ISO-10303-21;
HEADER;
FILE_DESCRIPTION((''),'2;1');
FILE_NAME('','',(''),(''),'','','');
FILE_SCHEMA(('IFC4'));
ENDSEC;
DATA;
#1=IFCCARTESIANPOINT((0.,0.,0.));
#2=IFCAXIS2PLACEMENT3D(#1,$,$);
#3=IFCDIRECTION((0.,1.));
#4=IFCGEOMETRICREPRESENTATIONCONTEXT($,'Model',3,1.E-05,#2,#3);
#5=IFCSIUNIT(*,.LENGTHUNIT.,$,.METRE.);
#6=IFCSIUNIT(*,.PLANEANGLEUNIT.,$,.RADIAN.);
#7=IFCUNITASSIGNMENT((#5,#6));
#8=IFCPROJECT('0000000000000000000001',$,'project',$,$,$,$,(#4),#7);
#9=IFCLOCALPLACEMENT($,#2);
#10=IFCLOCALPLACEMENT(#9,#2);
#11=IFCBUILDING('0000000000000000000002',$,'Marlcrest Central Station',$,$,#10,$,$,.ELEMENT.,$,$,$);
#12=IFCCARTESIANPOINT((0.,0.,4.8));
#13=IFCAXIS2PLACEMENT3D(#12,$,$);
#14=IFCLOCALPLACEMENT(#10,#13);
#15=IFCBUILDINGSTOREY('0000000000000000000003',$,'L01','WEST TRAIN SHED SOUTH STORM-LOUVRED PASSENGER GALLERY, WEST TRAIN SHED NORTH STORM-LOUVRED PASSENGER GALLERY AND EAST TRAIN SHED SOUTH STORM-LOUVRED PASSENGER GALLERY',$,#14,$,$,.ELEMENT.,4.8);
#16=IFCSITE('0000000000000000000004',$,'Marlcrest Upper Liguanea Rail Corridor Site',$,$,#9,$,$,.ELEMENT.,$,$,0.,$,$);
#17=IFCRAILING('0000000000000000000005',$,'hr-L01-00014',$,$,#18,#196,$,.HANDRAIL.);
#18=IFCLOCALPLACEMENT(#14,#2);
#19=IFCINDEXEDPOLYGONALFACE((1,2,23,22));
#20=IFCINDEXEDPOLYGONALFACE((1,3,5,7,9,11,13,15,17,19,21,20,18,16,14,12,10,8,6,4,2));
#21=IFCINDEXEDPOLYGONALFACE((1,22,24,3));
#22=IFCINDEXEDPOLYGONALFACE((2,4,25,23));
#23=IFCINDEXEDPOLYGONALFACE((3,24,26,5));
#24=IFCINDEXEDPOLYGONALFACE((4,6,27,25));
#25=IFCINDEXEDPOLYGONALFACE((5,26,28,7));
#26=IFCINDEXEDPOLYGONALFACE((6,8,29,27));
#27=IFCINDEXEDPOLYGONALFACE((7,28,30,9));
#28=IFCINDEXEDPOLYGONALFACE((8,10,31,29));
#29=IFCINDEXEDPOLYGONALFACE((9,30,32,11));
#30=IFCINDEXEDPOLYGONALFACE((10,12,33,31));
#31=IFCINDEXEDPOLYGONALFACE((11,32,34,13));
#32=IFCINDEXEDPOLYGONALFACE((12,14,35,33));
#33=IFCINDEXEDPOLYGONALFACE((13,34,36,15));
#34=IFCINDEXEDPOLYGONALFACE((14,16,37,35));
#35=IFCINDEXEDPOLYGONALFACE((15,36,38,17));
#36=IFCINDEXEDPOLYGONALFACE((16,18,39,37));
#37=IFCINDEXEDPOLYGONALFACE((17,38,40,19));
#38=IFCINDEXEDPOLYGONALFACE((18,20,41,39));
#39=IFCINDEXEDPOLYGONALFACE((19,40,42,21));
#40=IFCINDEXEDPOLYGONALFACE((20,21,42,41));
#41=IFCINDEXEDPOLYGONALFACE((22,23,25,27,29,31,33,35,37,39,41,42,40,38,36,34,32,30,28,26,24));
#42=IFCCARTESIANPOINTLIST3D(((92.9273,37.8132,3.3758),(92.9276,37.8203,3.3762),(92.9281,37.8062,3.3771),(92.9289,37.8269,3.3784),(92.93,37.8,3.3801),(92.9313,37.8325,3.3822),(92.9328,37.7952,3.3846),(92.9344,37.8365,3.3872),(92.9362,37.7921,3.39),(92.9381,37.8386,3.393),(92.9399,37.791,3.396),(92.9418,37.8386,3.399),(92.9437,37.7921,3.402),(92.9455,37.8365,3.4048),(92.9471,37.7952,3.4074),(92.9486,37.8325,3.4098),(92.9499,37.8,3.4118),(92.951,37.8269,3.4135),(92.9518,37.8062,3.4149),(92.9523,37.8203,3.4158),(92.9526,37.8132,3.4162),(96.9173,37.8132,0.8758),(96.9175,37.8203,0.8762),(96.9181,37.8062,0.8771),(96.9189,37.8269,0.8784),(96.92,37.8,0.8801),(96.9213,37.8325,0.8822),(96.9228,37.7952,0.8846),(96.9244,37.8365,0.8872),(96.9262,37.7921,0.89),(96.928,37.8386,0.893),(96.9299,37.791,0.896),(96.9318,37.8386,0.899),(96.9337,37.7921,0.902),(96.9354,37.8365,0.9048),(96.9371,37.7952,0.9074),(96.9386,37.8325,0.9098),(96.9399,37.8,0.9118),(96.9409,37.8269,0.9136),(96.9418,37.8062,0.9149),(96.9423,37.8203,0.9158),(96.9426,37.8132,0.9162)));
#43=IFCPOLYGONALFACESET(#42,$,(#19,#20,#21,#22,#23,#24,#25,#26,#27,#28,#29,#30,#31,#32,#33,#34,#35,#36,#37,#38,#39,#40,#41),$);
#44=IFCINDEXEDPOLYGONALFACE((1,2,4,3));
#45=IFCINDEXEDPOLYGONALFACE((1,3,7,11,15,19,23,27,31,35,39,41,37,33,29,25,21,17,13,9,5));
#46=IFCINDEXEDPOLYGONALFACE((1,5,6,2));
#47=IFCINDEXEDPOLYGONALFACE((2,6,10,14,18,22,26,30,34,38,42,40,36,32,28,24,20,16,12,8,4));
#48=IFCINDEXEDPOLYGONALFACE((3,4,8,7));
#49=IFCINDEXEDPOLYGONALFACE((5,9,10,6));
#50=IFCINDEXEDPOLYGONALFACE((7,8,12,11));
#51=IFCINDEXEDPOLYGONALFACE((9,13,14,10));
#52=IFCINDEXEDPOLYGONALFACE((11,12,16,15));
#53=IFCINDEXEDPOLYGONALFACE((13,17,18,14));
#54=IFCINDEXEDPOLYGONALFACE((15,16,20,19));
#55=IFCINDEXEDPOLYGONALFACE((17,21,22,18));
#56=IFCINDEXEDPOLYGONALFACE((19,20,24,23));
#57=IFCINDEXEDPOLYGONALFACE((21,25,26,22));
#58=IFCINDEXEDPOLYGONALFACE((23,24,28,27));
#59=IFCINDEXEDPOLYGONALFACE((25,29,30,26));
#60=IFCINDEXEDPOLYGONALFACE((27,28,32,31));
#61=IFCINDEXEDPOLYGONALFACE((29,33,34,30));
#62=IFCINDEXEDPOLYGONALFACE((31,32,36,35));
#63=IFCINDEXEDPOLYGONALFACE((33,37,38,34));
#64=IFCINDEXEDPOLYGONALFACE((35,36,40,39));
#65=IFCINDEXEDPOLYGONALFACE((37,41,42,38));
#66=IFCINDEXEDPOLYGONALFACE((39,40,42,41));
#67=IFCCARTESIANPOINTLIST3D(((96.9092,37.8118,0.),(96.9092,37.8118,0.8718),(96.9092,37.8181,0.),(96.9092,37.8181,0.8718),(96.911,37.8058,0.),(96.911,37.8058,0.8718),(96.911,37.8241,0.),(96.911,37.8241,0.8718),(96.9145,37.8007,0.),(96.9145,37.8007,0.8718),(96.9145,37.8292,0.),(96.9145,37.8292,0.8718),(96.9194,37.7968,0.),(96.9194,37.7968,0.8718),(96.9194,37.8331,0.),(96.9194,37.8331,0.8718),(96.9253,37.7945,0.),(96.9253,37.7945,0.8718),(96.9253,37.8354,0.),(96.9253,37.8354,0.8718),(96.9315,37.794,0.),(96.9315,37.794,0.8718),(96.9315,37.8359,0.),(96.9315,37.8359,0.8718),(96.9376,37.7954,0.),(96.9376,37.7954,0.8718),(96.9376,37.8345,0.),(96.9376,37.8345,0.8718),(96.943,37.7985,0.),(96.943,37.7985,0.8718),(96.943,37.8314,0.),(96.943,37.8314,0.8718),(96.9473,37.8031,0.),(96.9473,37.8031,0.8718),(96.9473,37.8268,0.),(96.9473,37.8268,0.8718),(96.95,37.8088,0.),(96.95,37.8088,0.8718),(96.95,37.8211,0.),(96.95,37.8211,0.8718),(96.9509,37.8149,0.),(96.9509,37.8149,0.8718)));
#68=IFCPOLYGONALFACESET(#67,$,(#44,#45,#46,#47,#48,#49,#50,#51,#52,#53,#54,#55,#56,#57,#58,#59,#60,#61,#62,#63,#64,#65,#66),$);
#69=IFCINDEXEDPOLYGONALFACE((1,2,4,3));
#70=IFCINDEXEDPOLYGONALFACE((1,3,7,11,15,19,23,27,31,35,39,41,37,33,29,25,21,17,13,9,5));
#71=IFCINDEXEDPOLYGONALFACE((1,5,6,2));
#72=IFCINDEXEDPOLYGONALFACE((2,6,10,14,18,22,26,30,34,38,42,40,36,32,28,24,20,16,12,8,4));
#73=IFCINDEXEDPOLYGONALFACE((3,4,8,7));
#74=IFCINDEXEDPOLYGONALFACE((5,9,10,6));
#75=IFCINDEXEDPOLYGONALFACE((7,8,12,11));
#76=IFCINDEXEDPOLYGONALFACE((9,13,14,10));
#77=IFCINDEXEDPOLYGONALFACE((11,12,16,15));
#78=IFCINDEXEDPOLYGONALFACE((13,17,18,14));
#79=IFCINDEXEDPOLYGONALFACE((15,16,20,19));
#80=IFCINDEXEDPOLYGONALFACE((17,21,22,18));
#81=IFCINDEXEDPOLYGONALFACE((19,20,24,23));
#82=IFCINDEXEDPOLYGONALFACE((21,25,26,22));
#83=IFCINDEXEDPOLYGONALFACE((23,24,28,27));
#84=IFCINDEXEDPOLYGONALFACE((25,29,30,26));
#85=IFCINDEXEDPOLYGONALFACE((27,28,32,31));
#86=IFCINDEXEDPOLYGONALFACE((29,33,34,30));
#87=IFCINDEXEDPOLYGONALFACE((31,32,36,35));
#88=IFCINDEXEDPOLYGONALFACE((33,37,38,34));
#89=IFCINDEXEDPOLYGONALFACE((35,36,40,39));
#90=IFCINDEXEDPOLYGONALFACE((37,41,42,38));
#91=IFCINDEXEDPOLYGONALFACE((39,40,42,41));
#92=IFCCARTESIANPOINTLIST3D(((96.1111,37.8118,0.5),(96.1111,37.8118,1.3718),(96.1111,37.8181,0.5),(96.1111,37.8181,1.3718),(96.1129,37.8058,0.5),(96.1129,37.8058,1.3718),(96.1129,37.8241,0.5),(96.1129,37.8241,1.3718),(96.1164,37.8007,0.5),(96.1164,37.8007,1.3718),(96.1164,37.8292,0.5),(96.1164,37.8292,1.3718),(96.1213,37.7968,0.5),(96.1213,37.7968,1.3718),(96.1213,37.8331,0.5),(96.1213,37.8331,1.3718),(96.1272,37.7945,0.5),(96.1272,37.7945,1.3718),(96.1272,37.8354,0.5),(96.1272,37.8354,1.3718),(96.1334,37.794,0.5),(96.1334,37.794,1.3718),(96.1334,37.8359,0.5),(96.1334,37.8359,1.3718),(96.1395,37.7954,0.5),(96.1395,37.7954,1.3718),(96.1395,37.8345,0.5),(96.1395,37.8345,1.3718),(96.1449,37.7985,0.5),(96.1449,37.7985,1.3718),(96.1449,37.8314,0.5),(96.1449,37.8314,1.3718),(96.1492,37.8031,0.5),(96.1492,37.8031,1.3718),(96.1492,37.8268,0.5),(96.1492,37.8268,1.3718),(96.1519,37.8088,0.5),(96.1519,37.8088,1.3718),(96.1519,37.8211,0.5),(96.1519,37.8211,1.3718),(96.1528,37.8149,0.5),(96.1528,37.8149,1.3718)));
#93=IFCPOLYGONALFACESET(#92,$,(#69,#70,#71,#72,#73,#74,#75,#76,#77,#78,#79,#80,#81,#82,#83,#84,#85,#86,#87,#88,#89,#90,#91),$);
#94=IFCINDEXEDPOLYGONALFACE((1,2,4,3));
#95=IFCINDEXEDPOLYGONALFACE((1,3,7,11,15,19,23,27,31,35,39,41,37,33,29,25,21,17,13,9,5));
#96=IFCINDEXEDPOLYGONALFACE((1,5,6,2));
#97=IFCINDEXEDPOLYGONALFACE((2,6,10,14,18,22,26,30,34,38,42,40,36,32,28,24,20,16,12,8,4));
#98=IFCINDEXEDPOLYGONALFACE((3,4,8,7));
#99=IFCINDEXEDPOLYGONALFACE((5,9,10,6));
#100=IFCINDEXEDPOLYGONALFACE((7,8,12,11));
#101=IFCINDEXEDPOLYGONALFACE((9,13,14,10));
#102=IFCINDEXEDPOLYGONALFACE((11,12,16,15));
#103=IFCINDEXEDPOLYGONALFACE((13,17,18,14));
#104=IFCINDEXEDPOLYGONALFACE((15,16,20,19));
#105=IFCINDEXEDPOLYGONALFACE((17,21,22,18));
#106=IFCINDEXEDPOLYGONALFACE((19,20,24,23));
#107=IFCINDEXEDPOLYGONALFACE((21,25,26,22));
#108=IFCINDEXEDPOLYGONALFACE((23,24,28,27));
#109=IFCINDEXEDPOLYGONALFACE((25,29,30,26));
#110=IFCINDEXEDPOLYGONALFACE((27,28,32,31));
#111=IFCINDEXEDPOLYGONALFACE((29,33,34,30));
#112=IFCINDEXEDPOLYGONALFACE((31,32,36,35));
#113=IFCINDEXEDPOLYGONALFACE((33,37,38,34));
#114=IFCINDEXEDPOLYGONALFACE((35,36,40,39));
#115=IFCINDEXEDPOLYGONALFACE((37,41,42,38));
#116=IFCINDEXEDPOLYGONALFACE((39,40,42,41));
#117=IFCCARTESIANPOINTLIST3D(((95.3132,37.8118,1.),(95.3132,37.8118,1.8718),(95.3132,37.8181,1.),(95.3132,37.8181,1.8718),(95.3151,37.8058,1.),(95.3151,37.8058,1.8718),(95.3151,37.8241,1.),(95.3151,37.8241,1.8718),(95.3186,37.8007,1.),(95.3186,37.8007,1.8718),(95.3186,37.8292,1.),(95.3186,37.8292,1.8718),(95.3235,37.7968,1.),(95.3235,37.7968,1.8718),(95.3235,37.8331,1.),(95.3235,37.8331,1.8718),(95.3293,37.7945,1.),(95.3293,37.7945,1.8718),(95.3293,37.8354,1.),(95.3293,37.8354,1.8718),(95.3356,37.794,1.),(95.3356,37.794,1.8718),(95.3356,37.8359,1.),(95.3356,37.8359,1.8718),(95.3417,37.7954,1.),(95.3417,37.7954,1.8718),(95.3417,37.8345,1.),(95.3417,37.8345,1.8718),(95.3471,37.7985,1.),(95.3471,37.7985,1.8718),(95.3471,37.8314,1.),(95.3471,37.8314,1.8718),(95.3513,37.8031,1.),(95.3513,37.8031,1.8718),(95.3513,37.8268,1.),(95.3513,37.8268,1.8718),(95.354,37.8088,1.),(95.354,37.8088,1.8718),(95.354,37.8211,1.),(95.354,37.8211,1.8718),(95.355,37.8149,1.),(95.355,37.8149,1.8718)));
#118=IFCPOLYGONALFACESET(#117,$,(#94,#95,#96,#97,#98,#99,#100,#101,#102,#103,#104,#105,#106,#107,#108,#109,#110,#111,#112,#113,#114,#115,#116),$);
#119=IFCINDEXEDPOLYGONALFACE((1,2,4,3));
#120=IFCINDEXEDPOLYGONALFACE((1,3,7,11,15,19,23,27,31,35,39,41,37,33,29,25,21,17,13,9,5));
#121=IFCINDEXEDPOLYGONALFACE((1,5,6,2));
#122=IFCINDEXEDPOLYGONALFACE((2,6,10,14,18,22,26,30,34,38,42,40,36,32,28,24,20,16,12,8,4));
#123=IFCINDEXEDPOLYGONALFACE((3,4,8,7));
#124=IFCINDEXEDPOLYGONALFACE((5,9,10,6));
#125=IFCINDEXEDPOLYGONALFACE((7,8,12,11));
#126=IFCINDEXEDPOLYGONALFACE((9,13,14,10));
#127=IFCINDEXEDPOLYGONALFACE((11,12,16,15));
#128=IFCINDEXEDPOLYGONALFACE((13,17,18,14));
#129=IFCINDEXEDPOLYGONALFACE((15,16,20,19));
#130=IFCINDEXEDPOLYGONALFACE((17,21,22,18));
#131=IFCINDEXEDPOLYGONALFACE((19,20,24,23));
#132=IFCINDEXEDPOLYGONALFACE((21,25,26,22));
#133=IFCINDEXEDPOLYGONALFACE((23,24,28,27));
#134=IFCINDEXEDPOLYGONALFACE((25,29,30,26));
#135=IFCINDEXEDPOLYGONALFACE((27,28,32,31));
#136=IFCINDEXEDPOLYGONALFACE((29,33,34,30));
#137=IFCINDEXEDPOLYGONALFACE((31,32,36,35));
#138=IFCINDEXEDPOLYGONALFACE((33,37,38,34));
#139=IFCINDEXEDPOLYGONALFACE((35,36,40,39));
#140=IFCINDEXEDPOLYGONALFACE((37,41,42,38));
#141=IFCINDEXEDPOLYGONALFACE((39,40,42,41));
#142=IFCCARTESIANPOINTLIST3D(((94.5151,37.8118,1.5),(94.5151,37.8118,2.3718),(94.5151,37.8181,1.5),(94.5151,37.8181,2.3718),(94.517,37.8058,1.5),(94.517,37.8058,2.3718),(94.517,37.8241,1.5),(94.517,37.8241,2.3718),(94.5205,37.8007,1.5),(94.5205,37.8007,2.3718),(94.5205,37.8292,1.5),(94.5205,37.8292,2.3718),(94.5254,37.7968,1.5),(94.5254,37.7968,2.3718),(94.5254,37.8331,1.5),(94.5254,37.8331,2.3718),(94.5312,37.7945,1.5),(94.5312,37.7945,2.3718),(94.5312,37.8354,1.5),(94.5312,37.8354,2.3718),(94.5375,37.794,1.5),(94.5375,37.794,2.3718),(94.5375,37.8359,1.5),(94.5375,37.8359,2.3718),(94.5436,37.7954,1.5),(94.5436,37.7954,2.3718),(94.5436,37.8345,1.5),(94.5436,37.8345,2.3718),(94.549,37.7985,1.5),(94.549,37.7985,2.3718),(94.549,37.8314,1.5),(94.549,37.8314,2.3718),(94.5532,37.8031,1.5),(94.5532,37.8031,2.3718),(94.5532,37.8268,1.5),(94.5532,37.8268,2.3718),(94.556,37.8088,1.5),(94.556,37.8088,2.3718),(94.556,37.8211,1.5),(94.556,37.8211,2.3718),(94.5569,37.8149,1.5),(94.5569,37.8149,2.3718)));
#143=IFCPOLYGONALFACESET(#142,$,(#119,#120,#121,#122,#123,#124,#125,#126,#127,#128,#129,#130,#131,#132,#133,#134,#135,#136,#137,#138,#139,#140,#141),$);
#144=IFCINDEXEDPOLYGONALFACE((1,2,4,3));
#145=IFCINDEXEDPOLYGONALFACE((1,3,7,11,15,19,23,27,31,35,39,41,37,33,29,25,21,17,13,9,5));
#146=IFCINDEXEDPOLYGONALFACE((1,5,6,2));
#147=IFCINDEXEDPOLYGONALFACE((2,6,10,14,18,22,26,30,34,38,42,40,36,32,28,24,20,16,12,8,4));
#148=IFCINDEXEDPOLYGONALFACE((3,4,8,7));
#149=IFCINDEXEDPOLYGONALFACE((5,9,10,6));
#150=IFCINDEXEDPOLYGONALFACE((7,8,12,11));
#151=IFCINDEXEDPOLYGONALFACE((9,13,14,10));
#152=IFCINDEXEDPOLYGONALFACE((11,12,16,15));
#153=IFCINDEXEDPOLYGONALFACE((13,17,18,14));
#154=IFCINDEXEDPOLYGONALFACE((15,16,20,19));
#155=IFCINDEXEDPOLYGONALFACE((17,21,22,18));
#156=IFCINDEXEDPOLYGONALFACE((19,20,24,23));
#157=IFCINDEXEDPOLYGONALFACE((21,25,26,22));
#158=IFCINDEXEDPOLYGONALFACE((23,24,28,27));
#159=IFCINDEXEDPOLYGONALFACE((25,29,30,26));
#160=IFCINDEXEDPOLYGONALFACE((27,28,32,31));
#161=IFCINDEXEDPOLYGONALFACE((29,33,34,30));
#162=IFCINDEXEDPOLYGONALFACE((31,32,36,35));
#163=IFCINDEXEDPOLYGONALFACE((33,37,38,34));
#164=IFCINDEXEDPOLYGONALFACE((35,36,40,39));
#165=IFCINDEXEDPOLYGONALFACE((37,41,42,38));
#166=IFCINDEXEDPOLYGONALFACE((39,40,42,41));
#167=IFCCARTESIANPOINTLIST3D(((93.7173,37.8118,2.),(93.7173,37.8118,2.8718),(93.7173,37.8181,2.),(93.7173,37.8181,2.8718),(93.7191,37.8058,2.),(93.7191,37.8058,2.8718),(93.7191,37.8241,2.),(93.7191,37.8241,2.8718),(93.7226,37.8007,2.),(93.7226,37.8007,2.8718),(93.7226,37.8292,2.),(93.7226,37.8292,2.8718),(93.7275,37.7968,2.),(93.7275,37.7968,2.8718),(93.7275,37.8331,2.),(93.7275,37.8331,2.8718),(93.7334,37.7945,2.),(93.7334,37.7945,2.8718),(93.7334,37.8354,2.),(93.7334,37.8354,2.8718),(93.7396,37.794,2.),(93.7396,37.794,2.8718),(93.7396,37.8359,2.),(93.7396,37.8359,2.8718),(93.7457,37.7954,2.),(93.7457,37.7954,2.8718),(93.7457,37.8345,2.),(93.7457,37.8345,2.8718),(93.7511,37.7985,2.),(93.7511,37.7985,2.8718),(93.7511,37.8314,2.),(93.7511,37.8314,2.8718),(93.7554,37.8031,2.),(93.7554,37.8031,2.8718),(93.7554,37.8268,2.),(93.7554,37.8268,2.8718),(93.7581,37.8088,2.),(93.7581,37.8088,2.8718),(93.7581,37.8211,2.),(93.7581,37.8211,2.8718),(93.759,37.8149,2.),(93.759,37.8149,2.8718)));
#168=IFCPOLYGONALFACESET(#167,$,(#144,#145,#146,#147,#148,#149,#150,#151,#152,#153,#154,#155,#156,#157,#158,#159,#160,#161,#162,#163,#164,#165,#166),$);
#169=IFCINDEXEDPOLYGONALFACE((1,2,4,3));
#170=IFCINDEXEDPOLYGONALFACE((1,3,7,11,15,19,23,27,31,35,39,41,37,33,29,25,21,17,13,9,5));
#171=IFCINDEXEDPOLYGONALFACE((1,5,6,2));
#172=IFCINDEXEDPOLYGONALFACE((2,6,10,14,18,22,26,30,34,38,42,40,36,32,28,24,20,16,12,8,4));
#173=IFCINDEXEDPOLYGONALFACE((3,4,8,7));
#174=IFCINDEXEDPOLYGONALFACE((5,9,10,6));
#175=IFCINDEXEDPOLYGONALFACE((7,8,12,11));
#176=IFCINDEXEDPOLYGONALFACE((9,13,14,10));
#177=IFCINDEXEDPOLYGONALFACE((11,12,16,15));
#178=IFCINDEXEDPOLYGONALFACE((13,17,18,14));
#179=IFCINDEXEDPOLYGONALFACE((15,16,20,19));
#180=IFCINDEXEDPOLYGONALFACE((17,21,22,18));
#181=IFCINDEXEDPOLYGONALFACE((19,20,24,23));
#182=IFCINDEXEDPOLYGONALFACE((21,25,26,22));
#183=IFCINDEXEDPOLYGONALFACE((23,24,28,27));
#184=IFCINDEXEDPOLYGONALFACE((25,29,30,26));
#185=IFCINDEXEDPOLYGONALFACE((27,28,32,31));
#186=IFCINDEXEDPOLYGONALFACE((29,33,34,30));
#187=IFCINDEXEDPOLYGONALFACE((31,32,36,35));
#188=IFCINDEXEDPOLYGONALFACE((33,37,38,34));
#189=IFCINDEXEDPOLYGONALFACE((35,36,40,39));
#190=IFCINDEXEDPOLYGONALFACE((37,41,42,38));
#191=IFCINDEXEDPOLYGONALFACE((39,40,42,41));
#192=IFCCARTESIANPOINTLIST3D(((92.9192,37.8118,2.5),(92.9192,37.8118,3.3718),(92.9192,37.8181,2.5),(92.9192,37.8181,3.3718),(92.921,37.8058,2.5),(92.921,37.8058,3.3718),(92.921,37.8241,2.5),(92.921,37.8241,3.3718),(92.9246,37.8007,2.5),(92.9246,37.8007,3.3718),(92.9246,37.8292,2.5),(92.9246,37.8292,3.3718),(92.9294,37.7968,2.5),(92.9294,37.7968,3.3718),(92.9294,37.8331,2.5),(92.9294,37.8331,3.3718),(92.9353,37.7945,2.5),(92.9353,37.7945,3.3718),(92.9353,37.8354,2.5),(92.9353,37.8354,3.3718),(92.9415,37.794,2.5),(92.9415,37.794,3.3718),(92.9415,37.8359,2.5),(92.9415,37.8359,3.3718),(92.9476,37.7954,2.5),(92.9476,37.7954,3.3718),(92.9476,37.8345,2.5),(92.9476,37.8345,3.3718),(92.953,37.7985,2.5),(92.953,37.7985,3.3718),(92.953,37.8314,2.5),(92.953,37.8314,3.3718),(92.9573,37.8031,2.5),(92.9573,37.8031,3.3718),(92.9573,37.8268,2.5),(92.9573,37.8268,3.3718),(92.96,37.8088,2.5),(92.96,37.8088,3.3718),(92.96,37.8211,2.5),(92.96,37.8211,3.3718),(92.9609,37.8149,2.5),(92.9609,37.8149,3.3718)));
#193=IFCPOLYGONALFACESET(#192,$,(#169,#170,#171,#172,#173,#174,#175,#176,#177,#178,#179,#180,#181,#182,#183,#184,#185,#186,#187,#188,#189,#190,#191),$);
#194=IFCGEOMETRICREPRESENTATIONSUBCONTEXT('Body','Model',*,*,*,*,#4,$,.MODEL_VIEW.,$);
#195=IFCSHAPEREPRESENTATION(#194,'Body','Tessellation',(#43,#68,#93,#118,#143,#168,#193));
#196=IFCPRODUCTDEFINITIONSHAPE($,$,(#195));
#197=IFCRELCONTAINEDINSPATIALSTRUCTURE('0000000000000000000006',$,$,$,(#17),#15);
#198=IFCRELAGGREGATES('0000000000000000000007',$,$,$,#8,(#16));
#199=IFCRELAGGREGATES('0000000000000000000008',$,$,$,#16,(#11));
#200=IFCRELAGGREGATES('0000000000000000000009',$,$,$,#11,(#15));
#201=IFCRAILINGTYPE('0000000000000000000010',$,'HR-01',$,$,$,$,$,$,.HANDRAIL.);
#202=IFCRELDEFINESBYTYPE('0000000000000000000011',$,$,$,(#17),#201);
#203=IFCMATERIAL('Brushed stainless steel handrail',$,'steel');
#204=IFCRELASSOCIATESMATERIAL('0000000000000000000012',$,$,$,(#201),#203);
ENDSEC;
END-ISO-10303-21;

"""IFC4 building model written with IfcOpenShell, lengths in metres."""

from ifc_helpers import new_model, si_unit, direction, frame, origin, origin_2d, place, context, subcontext, project, spatial, circle, extrude, material, type_object, element, save


model = new_model("IFC4")

# Units and contexts
model_context = context("Model", 3, precision=1e-05, world=origin(), true_north=direction((0.0, 1.0)))
body_context = subcontext(model_context, "Body", "Model", "MODEL_VIEW")
ifc_project = project(units=[si_unit("LENGTHUNIT", "METRE"), si_unit("PLANEANGLEUNIT", "RADIAN")], contexts=[model_context])

# Site, building, storey
site_placement = place(None, origin())
site = spatial("IfcSite", under=ifc_project, at=site_placement, Name="Marlcrest Upper Liguanea Rail Corridor Site", CompositionType="ELEMENT", RefElevation=0.0)
building_placement = place(site_placement, origin())
building = spatial("IfcBuilding", under=site, at=building_placement, Name="Marlcrest Central Station", CompositionType="ELEMENT")
storey_placement = place(building_placement, frame((0.0, 0.0, 4.8)))
storey = spatial("IfcBuildingStorey", under=building, at=storey_placement, Name="L01", Description="WEST TRAIN SHED SOUTH STORM-LOUVRED PASSENGER GALLERY, WEST TRAIN SHED NORTH STORM-LOUVRED PASSENGER GALLERY AND EAST TRAIN SHED SOUTH STORM-LOUVRED PASSENGER GALLERY", CompositionType="ELEMENT", Elevation=4.8)

# Railing
ifc_material_1 = material(Name="Brushed stainless steel handrail", Category="steel")
railing_type_1 = type_object("IfcRailingType", Name="HR-01", PredefinedType="HANDRAIL", material=ifc_material_1)
for number, where, name in (
    (1, (96.9299, 37.8149, 0.0), "hr-L01-00014"),
):
    element("IfcRailing", number, at=place(storey_placement, frame(where)), inside=storey, type_object=railing_type_1, Name=name, PredefinedType="HANDRAIL", context=body_context, shape_type="SweptSolid", body=[
        extrude(circle(Radius=0.0239, at=origin_2d()), frame((0.0, 0.0, 0.896), z_axis=(-0.847401, 0.0, 0.530954), x_axis=(0.0, -1.0, 0.0)), (0.0, 0.0, 1.0), 4.7085),
        extrude(circle(Radius=0.021, at=origin_2d()), origin(), (0.0, 0.0, 1.0), 0.8718),
        extrude(circle(Radius=0.021, at=origin_2d()), frame((-0.7981, 0.0, 0.5)), (0.0, 0.0, 1.0), 0.8718),
        extrude(circle(Radius=0.021, at=origin_2d()), frame((-1.5959, 0.0, 1.0)), (0.0, 0.0, 1.0), 0.8718),
        extrude(circle(Radius=0.021, at=origin_2d()), frame((-2.394, 0.0, 1.5)), (0.0, 0.0, 1.0), 0.8718),
        extrude(circle(Radius=0.021, at=origin_2d()), frame((-3.1919, 0.0, 2.0)), (0.0, 0.0, 1.0), 0.8718),
        extrude(circle(Radius=0.021, at=origin_2d()), frame((-3.99, 0.0, 2.5)), (0.0, 0.0, 1.0), 0.8718),
    ])

save(model, "model.ifc")
